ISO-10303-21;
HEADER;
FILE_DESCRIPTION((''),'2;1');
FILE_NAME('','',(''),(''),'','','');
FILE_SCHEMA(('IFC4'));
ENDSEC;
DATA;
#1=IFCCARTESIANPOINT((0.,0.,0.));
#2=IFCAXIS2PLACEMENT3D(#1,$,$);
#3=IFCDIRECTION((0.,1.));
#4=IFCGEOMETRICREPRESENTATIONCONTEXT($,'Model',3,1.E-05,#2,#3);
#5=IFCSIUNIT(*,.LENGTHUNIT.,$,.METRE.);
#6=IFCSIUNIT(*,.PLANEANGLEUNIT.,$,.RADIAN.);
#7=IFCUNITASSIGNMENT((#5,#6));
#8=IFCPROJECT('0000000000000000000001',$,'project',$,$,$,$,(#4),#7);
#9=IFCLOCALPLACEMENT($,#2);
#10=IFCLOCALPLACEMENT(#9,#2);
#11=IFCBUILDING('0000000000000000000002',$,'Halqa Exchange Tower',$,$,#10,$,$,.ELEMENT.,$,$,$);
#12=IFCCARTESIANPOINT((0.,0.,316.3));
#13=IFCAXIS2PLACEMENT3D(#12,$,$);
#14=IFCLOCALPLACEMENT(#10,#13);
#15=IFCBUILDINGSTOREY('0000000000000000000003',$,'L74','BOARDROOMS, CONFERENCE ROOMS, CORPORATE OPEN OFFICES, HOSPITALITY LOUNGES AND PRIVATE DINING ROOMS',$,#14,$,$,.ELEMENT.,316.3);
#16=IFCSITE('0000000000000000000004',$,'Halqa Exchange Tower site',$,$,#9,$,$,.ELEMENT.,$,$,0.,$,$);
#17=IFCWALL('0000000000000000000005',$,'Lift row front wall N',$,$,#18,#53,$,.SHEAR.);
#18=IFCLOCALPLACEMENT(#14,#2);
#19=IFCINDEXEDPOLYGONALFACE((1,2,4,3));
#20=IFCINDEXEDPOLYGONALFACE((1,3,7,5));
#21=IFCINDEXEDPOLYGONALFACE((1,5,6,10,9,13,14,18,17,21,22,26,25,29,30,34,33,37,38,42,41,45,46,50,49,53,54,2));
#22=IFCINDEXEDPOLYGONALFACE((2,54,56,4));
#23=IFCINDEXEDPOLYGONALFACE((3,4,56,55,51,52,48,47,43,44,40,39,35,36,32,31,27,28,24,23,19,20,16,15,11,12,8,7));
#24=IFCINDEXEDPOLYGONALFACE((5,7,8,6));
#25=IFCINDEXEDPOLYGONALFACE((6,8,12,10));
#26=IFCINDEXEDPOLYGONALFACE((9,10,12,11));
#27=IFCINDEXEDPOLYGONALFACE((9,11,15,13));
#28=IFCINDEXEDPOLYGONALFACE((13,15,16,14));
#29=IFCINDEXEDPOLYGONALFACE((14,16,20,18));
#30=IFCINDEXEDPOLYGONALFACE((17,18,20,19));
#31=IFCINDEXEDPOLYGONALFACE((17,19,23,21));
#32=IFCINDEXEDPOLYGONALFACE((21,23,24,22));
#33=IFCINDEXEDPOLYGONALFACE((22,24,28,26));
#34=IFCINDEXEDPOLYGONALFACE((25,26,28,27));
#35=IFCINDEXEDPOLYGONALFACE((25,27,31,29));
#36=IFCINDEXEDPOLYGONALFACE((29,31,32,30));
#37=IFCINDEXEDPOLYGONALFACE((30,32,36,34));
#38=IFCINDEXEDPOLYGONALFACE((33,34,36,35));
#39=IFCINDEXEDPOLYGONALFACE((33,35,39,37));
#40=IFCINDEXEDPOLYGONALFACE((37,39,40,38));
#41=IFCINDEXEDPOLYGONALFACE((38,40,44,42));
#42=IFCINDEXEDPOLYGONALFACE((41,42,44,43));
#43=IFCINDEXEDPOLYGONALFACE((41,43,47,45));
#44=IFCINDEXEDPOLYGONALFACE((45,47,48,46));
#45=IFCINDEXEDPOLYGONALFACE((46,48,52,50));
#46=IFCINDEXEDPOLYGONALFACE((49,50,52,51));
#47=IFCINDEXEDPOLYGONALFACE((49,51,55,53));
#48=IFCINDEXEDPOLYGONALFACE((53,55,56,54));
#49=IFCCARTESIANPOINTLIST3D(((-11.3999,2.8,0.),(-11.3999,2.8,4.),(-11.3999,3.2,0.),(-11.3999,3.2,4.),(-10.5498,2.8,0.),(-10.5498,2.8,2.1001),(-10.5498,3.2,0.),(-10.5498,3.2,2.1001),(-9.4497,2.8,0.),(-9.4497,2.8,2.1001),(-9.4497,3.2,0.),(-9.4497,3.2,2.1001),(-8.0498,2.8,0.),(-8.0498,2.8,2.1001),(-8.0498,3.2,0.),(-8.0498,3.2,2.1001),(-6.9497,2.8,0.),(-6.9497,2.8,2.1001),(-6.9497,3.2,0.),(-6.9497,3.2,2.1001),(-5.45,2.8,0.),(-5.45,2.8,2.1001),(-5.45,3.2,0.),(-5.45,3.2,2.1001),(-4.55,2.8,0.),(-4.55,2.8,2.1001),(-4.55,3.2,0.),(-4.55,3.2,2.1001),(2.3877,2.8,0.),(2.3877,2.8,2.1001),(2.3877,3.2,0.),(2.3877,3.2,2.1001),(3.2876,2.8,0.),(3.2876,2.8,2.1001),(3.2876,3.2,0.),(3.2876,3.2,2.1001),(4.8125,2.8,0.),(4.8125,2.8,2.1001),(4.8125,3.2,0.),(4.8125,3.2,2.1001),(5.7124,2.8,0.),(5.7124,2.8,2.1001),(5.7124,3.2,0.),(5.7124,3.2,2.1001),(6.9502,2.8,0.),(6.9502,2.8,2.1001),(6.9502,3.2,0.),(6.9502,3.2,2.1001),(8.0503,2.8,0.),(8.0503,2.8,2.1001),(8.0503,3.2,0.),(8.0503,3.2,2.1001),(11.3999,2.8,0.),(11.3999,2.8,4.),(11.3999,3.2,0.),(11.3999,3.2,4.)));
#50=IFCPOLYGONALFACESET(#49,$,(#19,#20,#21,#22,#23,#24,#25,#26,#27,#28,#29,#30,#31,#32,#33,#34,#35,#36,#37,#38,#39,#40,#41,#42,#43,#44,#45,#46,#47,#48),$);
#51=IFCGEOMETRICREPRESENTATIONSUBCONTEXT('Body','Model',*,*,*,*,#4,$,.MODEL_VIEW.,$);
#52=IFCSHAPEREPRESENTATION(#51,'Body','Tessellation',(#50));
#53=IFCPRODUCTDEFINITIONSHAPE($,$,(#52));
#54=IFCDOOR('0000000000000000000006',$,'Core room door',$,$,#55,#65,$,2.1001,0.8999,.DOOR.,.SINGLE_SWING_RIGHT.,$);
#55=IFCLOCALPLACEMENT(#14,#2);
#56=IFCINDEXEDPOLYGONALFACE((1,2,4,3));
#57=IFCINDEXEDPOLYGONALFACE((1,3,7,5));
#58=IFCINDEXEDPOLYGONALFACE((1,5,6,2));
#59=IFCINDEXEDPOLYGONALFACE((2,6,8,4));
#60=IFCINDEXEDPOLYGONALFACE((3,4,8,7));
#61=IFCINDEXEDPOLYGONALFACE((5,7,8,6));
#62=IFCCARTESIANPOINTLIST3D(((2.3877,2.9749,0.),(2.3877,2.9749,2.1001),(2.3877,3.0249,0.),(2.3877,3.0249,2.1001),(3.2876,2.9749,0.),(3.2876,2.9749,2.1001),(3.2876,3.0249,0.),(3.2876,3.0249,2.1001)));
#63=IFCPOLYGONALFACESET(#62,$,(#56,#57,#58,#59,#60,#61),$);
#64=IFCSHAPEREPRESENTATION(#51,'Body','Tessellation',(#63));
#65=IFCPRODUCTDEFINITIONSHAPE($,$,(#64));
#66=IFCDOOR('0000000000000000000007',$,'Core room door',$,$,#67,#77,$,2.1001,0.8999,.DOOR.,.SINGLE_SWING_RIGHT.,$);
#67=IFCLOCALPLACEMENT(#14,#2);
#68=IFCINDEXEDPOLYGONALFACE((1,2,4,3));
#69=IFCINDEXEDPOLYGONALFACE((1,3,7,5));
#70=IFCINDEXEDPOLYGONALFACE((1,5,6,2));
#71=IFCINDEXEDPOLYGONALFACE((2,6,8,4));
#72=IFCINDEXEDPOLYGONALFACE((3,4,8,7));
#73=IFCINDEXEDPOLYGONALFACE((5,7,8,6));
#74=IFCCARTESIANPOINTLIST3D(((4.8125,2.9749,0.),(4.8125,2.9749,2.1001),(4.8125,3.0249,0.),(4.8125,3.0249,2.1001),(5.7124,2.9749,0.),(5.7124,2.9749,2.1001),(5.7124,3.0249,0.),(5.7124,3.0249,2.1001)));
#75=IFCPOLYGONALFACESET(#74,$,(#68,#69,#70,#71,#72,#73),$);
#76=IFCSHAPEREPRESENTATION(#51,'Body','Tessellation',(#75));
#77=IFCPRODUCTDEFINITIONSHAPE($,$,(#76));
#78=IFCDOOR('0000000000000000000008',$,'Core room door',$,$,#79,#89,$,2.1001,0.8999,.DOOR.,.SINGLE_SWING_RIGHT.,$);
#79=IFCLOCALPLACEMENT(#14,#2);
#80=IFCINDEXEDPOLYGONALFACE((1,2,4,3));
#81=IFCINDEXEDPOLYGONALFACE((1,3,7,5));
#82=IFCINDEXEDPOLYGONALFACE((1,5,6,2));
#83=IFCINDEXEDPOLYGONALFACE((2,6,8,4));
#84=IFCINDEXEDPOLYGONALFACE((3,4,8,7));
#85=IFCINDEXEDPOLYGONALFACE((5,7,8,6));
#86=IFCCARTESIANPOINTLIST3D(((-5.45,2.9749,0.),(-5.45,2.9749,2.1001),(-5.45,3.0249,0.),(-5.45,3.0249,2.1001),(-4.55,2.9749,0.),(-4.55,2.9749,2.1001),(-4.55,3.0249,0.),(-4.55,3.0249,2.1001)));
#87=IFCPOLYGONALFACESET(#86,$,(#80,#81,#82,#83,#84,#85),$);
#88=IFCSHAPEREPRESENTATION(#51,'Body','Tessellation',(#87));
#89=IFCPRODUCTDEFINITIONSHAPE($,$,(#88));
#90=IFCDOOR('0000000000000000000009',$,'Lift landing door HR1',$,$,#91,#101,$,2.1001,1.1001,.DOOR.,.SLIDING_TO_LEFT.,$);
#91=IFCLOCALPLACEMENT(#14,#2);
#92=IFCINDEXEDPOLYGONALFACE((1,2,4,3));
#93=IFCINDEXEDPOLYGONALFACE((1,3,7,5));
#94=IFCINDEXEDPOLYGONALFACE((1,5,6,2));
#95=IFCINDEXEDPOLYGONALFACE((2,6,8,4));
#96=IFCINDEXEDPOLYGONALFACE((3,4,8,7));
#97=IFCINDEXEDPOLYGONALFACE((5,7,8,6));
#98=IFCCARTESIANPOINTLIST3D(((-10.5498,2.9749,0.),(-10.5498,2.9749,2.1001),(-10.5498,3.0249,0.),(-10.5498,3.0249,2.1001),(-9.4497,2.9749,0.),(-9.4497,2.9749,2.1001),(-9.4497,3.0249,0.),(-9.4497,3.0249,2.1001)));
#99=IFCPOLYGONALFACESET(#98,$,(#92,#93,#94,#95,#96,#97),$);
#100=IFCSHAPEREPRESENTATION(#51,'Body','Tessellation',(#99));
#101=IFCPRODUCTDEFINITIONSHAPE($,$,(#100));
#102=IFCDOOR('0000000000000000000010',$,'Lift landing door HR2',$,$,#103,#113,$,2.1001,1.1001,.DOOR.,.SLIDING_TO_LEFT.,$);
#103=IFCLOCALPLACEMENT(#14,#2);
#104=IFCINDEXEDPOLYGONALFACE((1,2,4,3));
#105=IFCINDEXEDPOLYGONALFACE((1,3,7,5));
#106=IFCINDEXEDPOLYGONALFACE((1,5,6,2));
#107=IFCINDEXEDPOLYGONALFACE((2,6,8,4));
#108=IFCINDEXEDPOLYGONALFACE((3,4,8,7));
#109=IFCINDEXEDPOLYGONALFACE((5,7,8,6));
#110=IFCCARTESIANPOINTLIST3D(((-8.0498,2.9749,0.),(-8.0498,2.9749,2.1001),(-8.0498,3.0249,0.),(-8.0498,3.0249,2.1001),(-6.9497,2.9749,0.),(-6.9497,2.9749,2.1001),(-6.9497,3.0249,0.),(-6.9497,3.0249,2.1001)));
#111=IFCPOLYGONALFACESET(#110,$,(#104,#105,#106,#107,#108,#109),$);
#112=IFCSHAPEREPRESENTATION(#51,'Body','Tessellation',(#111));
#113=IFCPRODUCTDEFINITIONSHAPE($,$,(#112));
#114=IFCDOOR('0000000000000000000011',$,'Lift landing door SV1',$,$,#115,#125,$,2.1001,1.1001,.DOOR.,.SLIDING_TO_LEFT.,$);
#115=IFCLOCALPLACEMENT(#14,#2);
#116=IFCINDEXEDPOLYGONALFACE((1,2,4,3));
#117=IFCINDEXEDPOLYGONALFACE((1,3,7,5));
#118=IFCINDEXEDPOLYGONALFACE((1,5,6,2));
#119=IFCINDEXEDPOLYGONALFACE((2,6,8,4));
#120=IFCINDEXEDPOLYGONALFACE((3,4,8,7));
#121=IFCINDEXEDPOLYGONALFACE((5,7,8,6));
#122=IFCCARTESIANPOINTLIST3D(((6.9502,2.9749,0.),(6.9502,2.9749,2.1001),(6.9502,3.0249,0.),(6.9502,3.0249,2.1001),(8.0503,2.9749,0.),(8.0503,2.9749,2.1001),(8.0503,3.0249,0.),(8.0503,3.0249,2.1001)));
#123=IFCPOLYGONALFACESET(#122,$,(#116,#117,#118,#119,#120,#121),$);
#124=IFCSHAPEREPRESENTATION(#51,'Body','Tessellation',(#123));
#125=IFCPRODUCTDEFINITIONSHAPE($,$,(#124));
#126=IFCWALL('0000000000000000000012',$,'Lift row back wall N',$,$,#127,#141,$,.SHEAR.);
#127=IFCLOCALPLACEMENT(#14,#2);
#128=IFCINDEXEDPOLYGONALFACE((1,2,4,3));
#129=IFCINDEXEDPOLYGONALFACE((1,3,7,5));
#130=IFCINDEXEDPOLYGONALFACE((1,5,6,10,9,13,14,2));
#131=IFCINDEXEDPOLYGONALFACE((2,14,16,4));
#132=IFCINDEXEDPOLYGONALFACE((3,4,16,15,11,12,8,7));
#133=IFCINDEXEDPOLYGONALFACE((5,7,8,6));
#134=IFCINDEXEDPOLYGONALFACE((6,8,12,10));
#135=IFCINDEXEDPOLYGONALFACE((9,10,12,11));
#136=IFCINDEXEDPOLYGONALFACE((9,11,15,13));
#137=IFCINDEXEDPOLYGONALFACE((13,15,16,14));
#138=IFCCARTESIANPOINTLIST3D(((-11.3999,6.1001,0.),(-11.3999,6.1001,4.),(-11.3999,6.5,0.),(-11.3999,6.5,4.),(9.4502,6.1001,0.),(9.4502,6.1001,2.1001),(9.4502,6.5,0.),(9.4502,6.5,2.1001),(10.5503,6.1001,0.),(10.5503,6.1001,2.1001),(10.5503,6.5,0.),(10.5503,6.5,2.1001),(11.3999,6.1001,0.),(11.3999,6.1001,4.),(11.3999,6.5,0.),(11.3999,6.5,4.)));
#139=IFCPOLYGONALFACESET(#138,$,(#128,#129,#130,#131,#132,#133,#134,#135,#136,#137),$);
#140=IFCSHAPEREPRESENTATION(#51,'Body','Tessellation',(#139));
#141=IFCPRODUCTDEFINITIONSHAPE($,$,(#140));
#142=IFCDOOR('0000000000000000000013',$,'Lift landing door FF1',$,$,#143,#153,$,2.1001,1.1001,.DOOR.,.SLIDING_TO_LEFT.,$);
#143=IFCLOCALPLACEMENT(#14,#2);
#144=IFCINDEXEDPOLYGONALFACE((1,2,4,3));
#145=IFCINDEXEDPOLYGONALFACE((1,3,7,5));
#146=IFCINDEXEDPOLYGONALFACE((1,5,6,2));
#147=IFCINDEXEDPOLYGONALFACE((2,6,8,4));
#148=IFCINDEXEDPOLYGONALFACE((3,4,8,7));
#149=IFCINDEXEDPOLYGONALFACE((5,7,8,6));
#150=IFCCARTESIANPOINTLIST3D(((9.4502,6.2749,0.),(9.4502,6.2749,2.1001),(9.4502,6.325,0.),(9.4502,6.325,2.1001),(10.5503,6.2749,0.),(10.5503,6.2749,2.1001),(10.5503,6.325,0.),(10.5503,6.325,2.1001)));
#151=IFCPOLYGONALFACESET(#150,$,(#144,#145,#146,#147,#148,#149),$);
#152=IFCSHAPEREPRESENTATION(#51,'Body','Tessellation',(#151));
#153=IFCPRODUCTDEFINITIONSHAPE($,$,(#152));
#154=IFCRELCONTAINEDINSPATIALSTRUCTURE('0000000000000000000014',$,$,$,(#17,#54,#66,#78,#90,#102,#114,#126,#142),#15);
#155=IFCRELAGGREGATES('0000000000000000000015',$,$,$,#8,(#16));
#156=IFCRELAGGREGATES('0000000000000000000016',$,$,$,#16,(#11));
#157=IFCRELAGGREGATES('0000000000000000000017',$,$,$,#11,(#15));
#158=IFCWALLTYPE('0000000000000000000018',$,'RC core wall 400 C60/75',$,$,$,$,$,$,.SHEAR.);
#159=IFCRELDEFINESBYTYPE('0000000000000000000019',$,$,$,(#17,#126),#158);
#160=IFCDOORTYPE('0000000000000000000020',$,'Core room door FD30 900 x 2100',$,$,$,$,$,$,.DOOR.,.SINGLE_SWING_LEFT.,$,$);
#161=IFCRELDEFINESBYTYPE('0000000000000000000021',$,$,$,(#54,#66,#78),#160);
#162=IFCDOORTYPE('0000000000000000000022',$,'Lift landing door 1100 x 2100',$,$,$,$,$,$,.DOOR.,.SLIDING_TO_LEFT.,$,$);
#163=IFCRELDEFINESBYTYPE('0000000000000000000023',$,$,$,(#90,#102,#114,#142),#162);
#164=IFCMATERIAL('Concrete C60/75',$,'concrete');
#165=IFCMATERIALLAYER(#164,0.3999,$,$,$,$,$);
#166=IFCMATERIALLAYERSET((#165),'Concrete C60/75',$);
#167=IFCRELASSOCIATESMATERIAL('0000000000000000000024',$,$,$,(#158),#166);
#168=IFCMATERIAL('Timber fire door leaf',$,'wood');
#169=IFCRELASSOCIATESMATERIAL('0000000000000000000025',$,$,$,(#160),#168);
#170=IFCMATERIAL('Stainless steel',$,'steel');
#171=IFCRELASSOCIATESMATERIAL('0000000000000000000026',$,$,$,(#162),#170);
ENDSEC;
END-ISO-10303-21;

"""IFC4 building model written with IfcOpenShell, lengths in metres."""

from ifc_helpers import new_model, si_unit, direction, frame, frame_2d, origin, place, context, subcontext, project, spatial, rectangle, extrude, material, layer, layer_set, type_object, element, fill, save


model = new_model("IFC4")

# Units and contexts
model_context = context("Model", 3, precision=1e-05, world=origin(), true_north=direction((0.0, 1.0)))
body_context = subcontext(model_context, "Body", "Model", "MODEL_VIEW")
ifc_project = project(units=[si_unit("LENGTHUNIT", "METRE"), si_unit("PLANEANGLEUNIT", "RADIAN")], contexts=[model_context])

# Site, building, storey
site_placement = place(None, origin())
site = spatial("IfcSite", under=ifc_project, at=site_placement, Name="Halqa Exchange Tower site", CompositionType="ELEMENT", RefElevation=0.0)
building_placement = place(site_placement, origin())
building = spatial("IfcBuilding", under=site, at=building_placement, Name="Halqa Exchange Tower", CompositionType="ELEMENT")
storey_placement = place(building_placement, frame((0.0, 0.0, 316.3)))
storey = spatial("IfcBuildingStorey", under=building, at=storey_placement, Name="L74", Description="BOARDROOMS, CONFERENCE ROOMS, CORPORATE OPEN OFFICES, HOSPITALITY LOUNGES AND PRIVATE DINING ROOMS", CompositionType="ELEMENT", Elevation=316.3)

# Shared definitions
ifc_material_1 = material(Name="Concrete C60/75", Category="concrete")

# Wall, openings, doors
ifc_layer_1 = layer(ifc_material_1, 0.3999)
ifc_layer_set_1 = layer_set([ifc_layer_1], Name="Concrete C60/75")
wall_type_1 = type_object("IfcWallType", Name="RC core wall 400 C60/75", PredefinedType="SHEAR", material=ifc_layer_set_1)
wall_1_placement = place(storey_placement, frame((-11.3999, 3.0, 0.0), z_axis=(0.0, 0.0, 1.0), x_axis=(1.0, 0.0, 0.0)))
wall_1 = element("IfcWall", 1, at=wall_1_placement, inside=storey, type_object=wall_type_1, Name="Lift row front wall N", PredefinedType="SHEAR", context=body_context, shape_type="SweptSolid", body=[
    extrude(rectangle(XDim=22.7998, YDim=0.3999, at=frame_2d((11.3999, 0.0))), origin(), (0.0, 0.0, 1.0), 4.0),
])
opening_1_placement = place(wall_1_placement, frame((0.8501, 0.0, 0.0)))
opening_1 = element("IfcOpeningElement", 2, at=opening_1_placement, cuts=wall_1, PredefinedType="OPENING", context=body_context, shape_type="SweptSolid", body=[
    extrude(rectangle(XDim=1.1001, YDim=2.1001, at=frame_2d((0.55, 1.05))), frame((0.0, 0.2119, 0.0), z_axis=(0.0, -1.0, 0.0), x_axis=(1.0, 0.0, 0.0)), (0.0, 0.0, 1.0), 0.4238),
])
opening_2_placement = place(wall_1_placement, frame((3.3501, 0.0, 0.0)))
opening_2 = element("IfcOpeningElement", 3, at=opening_2_placement, cuts=wall_1, PredefinedType="OPENING", context=body_context, shape_type="SweptSolid", body=[
    extrude(rectangle(XDim=1.1001, YDim=2.1001, at=frame_2d((0.55, 1.05))), frame((0.0, 0.2119, 0.0), z_axis=(0.0, -1.0, 0.0), x_axis=(1.0, 0.0, 0.0)), (0.0, 0.0, 1.0), 0.4238),
])
opening_3_placement = place(wall_1_placement, frame((18.3501, 0.0, 0.0)))
opening_3 = element("IfcOpeningElement", 4, at=opening_3_placement, cuts=wall_1, PredefinedType="OPENING", context=body_context, shape_type="SweptSolid", body=[
    extrude(rectangle(XDim=1.1001, YDim=2.1001, at=frame_2d((0.55, 1.05))), frame((0.0, 0.2119, 0.0), z_axis=(0.0, -1.0, 0.0), x_axis=(1.0, 0.0, 0.0)), (0.0, 0.0, 1.0), 0.4238),
])
opening_4_placement = place(wall_1_placement, frame((13.7876, 0.0, 0.0)))
opening_4 = element("IfcOpeningElement", 5, at=opening_4_placement, cuts=wall_1, PredefinedType="OPENING", context=body_context, shape_type="SweptSolid", body=[
    extrude(rectangle(XDim=0.8999, YDim=2.1001, at=frame_2d((0.45, 1.05))), frame((0.0, 0.2119, 0.0), z_axis=(0.0, -1.0, 0.0), x_axis=(1.0, 0.0, 0.0)), (0.0, 0.0, 1.0), 0.4238),
])
opening_5_placement = place(wall_1_placement, frame((16.2124, 0.0, 0.0)))
opening_5 = element("IfcOpeningElement", 6, at=opening_5_placement, cuts=wall_1, PredefinedType="OPENING", context=body_context, shape_type="SweptSolid", body=[
    extrude(rectangle(XDim=0.8999, YDim=2.1001, at=frame_2d((0.45, 1.05))), frame((0.0, 0.2119, 0.0), z_axis=(0.0, -1.0, 0.0), x_axis=(1.0, 0.0, 0.0)), (0.0, 0.0, 1.0), 0.4238),
])
opening_6_placement = place(wall_1_placement, frame((5.95, 0.0, 0.0)))
opening_6 = element("IfcOpeningElement", 7, at=opening_6_placement, cuts=wall_1, PredefinedType="OPENING", context=body_context, shape_type="SweptSolid", body=[
    extrude(rectangle(XDim=0.8999, YDim=2.1001, at=frame_2d((0.45, 1.05))), frame((0.0, 0.2119, 0.0), z_axis=(0.0, -1.0, 0.0), x_axis=(1.0, 0.0, 0.0)), (0.0, 0.0, 1.0), 0.4238),
])
ifc_material_2 = material(Name="Timber fire door leaf", Category="wood")
door_type_1 = type_object("IfcDoorType", Name="Core room door FD30 900 x 2100", OperationType="SINGLE_SWING_LEFT", PredefinedType="DOOR", material=ifc_material_2)
door_1_placement = place(opening_4_placement, origin())
door_1 = element("IfcDoor", 8, at=door_1_placement, inside=storey, type_object=door_type_1, Name="Core room door", OperationType="SINGLE_SWING_RIGHT", OverallHeight=2.1001, OverallWidth=0.8999, PredefinedType="DOOR", context=body_context, shape_type="SweptSolid", body=[
    extrude(rectangle(XDim=0.8999, YDim=2.1001, at=frame_2d((0.45, 1.05))), frame((0.0, 0.0249, 0.0), z_axis=(0.0, -1.0, 0.0), x_axis=(1.0, 0.0, 0.0)), (0.0, 0.0, 1.0), 0.05),
])
fill(opening_4, door_1)
door_2_placement = place(opening_5_placement, origin())
door_2 = element("IfcDoor", 9, at=door_2_placement, inside=storey, type_object=door_type_1, Name="Core room door", OperationType="SINGLE_SWING_RIGHT", OverallHeight=2.1001, OverallWidth=0.8999, PredefinedType="DOOR", context=body_context, shape_type="SweptSolid", body=[
    extrude(rectangle(XDim=0.8999, YDim=2.1001, at=frame_2d((0.45, 1.05))), frame((0.0, 0.0249, 0.0), z_axis=(0.0, -1.0, 0.0), x_axis=(1.0, 0.0, 0.0)), (0.0, 0.0, 1.0), 0.05),
])
fill(opening_5, door_2)
door_3_placement = place(opening_6_placement, origin())
door_3 = element("IfcDoor", 10, at=door_3_placement, inside=storey, type_object=door_type_1, Name="Core room door", OperationType="SINGLE_SWING_RIGHT", OverallHeight=2.1001, OverallWidth=0.8999, PredefinedType="DOOR", context=body_context, shape_type="SweptSolid", body=[
    extrude(rectangle(XDim=0.8999, YDim=2.1001, at=frame_2d((0.45, 1.05))), frame((0.0, 0.0249, 0.0), z_axis=(0.0, -1.0, 0.0), x_axis=(1.0, 0.0, 0.0)), (0.0, 0.0, 1.0), 0.05),
])
fill(opening_6, door_3)
ifc_material_3 = material(Name="Stainless steel", Category="steel")
door_type_2 = type_object("IfcDoorType", Name="Lift landing door 1100 x 2100", OperationType="SLIDING_TO_LEFT", PredefinedType="DOOR", material=ifc_material_3)
door_4_placement = place(opening_1_placement, origin())
door_4 = element("IfcDoor", 11, at=door_4_placement, inside=storey, type_object=door_type_2, Name="Lift landing door HR1", OperationType="SLIDING_TO_LEFT", OverallHeight=2.1001, OverallWidth=1.1001, PredefinedType="DOOR", context=body_context, shape_type="SweptSolid", body=[
    extrude(rectangle(XDim=1.1001, YDim=2.1001, at=frame_2d((0.55, 1.05))), frame((0.0, 0.0249, 0.0), z_axis=(0.0, -1.0, 0.0), x_axis=(1.0, 0.0, 0.0)), (0.0, 0.0, 1.0), 0.05),
])
fill(opening_1, door_4)
door_5_placement = place(opening_2_placement, origin())
door_5 = element("IfcDoor", 12, at=door_5_placement, inside=storey, type_object=door_type_2, Name="Lift landing door HR2", OperationType="SLIDING_TO_LEFT", OverallHeight=2.1001, OverallWidth=1.1001, PredefinedType="DOOR", context=body_context, shape_type="SweptSolid", body=[
    extrude(rectangle(XDim=1.1001, YDim=2.1001, at=frame_2d((0.55, 1.05))), frame((0.0, 0.0249, 0.0), z_axis=(0.0, -1.0, 0.0), x_axis=(1.0, 0.0, 0.0)), (0.0, 0.0, 1.0), 0.05),
])
fill(opening_2, door_5)
door_6_placement = place(opening_3_placement, origin())
door_6 = element("IfcDoor", 13, at=door_6_placement, inside=storey, type_object=door_type_2, Name="Lift landing door SV1", OperationType="SLIDING_TO_LEFT", OverallHeight=2.1001, OverallWidth=1.1001, PredefinedType="DOOR", context=body_context, shape_type="SweptSolid", body=[
    extrude(rectangle(XDim=1.1001, YDim=2.1001, at=frame_2d((0.55, 1.05))), frame((0.0, 0.0249, 0.0), z_axis=(0.0, -1.0, 0.0), x_axis=(1.0, 0.0, 0.0)), (0.0, 0.0, 1.0), 0.05),
])
fill(opening_3, door_6)

# Wall, opening, door
wall_2_placement = place(storey_placement, frame((-11.3999, 6.3, 0.0), z_axis=(0.0, 0.0, 1.0), x_axis=(1.0, 0.0, 0.0)))
wall_2 = element("IfcWall", 14, at=wall_2_placement, inside=storey, type_object=wall_type_1, Name="Lift row back wall N", PredefinedType="SHEAR", context=body_context, shape_type="SweptSolid", body=[
    extrude(rectangle(XDim=22.7998, YDim=0.3999, at=frame_2d((11.3999, 0.0))), origin(), (0.0, 0.0, 1.0), 4.0),
])
opening_7_placement = place(wall_2_placement, frame((20.8501, 0.0, 0.0)))
opening_7 = element("IfcOpeningElement", 15, at=opening_7_placement, cuts=wall_2, PredefinedType="OPENING", context=body_context, shape_type="SweptSolid", body=[
    extrude(rectangle(XDim=1.1001, YDim=2.1001, at=frame_2d((0.55, 1.05))), frame((0.0, 0.2119, 0.0), z_axis=(0.0, -1.0, 0.0), x_axis=(1.0, 0.0, 0.0)), (0.0, 0.0, 1.0), 0.4238),
])
door_7_placement = place(opening_7_placement, origin())
door_7 = element("IfcDoor", 16, at=door_7_placement, inside=storey, type_object=door_type_2, Name="Lift landing door FF1", OperationType="SLIDING_TO_LEFT", OverallHeight=2.1001, OverallWidth=1.1001, PredefinedType="DOOR", context=body_context, shape_type="SweptSolid", body=[
    extrude(rectangle(XDim=1.1001, YDim=2.1001, at=frame_2d((0.55, 1.05))), frame((0.0, 0.0249, 0.0), z_axis=(0.0, -1.0, 0.0), x_axis=(1.0, 0.0, 0.0)), (0.0, 0.0, 1.0), 0.05),
])
fill(opening_7, door_7)

save(model, "model.ifc")
